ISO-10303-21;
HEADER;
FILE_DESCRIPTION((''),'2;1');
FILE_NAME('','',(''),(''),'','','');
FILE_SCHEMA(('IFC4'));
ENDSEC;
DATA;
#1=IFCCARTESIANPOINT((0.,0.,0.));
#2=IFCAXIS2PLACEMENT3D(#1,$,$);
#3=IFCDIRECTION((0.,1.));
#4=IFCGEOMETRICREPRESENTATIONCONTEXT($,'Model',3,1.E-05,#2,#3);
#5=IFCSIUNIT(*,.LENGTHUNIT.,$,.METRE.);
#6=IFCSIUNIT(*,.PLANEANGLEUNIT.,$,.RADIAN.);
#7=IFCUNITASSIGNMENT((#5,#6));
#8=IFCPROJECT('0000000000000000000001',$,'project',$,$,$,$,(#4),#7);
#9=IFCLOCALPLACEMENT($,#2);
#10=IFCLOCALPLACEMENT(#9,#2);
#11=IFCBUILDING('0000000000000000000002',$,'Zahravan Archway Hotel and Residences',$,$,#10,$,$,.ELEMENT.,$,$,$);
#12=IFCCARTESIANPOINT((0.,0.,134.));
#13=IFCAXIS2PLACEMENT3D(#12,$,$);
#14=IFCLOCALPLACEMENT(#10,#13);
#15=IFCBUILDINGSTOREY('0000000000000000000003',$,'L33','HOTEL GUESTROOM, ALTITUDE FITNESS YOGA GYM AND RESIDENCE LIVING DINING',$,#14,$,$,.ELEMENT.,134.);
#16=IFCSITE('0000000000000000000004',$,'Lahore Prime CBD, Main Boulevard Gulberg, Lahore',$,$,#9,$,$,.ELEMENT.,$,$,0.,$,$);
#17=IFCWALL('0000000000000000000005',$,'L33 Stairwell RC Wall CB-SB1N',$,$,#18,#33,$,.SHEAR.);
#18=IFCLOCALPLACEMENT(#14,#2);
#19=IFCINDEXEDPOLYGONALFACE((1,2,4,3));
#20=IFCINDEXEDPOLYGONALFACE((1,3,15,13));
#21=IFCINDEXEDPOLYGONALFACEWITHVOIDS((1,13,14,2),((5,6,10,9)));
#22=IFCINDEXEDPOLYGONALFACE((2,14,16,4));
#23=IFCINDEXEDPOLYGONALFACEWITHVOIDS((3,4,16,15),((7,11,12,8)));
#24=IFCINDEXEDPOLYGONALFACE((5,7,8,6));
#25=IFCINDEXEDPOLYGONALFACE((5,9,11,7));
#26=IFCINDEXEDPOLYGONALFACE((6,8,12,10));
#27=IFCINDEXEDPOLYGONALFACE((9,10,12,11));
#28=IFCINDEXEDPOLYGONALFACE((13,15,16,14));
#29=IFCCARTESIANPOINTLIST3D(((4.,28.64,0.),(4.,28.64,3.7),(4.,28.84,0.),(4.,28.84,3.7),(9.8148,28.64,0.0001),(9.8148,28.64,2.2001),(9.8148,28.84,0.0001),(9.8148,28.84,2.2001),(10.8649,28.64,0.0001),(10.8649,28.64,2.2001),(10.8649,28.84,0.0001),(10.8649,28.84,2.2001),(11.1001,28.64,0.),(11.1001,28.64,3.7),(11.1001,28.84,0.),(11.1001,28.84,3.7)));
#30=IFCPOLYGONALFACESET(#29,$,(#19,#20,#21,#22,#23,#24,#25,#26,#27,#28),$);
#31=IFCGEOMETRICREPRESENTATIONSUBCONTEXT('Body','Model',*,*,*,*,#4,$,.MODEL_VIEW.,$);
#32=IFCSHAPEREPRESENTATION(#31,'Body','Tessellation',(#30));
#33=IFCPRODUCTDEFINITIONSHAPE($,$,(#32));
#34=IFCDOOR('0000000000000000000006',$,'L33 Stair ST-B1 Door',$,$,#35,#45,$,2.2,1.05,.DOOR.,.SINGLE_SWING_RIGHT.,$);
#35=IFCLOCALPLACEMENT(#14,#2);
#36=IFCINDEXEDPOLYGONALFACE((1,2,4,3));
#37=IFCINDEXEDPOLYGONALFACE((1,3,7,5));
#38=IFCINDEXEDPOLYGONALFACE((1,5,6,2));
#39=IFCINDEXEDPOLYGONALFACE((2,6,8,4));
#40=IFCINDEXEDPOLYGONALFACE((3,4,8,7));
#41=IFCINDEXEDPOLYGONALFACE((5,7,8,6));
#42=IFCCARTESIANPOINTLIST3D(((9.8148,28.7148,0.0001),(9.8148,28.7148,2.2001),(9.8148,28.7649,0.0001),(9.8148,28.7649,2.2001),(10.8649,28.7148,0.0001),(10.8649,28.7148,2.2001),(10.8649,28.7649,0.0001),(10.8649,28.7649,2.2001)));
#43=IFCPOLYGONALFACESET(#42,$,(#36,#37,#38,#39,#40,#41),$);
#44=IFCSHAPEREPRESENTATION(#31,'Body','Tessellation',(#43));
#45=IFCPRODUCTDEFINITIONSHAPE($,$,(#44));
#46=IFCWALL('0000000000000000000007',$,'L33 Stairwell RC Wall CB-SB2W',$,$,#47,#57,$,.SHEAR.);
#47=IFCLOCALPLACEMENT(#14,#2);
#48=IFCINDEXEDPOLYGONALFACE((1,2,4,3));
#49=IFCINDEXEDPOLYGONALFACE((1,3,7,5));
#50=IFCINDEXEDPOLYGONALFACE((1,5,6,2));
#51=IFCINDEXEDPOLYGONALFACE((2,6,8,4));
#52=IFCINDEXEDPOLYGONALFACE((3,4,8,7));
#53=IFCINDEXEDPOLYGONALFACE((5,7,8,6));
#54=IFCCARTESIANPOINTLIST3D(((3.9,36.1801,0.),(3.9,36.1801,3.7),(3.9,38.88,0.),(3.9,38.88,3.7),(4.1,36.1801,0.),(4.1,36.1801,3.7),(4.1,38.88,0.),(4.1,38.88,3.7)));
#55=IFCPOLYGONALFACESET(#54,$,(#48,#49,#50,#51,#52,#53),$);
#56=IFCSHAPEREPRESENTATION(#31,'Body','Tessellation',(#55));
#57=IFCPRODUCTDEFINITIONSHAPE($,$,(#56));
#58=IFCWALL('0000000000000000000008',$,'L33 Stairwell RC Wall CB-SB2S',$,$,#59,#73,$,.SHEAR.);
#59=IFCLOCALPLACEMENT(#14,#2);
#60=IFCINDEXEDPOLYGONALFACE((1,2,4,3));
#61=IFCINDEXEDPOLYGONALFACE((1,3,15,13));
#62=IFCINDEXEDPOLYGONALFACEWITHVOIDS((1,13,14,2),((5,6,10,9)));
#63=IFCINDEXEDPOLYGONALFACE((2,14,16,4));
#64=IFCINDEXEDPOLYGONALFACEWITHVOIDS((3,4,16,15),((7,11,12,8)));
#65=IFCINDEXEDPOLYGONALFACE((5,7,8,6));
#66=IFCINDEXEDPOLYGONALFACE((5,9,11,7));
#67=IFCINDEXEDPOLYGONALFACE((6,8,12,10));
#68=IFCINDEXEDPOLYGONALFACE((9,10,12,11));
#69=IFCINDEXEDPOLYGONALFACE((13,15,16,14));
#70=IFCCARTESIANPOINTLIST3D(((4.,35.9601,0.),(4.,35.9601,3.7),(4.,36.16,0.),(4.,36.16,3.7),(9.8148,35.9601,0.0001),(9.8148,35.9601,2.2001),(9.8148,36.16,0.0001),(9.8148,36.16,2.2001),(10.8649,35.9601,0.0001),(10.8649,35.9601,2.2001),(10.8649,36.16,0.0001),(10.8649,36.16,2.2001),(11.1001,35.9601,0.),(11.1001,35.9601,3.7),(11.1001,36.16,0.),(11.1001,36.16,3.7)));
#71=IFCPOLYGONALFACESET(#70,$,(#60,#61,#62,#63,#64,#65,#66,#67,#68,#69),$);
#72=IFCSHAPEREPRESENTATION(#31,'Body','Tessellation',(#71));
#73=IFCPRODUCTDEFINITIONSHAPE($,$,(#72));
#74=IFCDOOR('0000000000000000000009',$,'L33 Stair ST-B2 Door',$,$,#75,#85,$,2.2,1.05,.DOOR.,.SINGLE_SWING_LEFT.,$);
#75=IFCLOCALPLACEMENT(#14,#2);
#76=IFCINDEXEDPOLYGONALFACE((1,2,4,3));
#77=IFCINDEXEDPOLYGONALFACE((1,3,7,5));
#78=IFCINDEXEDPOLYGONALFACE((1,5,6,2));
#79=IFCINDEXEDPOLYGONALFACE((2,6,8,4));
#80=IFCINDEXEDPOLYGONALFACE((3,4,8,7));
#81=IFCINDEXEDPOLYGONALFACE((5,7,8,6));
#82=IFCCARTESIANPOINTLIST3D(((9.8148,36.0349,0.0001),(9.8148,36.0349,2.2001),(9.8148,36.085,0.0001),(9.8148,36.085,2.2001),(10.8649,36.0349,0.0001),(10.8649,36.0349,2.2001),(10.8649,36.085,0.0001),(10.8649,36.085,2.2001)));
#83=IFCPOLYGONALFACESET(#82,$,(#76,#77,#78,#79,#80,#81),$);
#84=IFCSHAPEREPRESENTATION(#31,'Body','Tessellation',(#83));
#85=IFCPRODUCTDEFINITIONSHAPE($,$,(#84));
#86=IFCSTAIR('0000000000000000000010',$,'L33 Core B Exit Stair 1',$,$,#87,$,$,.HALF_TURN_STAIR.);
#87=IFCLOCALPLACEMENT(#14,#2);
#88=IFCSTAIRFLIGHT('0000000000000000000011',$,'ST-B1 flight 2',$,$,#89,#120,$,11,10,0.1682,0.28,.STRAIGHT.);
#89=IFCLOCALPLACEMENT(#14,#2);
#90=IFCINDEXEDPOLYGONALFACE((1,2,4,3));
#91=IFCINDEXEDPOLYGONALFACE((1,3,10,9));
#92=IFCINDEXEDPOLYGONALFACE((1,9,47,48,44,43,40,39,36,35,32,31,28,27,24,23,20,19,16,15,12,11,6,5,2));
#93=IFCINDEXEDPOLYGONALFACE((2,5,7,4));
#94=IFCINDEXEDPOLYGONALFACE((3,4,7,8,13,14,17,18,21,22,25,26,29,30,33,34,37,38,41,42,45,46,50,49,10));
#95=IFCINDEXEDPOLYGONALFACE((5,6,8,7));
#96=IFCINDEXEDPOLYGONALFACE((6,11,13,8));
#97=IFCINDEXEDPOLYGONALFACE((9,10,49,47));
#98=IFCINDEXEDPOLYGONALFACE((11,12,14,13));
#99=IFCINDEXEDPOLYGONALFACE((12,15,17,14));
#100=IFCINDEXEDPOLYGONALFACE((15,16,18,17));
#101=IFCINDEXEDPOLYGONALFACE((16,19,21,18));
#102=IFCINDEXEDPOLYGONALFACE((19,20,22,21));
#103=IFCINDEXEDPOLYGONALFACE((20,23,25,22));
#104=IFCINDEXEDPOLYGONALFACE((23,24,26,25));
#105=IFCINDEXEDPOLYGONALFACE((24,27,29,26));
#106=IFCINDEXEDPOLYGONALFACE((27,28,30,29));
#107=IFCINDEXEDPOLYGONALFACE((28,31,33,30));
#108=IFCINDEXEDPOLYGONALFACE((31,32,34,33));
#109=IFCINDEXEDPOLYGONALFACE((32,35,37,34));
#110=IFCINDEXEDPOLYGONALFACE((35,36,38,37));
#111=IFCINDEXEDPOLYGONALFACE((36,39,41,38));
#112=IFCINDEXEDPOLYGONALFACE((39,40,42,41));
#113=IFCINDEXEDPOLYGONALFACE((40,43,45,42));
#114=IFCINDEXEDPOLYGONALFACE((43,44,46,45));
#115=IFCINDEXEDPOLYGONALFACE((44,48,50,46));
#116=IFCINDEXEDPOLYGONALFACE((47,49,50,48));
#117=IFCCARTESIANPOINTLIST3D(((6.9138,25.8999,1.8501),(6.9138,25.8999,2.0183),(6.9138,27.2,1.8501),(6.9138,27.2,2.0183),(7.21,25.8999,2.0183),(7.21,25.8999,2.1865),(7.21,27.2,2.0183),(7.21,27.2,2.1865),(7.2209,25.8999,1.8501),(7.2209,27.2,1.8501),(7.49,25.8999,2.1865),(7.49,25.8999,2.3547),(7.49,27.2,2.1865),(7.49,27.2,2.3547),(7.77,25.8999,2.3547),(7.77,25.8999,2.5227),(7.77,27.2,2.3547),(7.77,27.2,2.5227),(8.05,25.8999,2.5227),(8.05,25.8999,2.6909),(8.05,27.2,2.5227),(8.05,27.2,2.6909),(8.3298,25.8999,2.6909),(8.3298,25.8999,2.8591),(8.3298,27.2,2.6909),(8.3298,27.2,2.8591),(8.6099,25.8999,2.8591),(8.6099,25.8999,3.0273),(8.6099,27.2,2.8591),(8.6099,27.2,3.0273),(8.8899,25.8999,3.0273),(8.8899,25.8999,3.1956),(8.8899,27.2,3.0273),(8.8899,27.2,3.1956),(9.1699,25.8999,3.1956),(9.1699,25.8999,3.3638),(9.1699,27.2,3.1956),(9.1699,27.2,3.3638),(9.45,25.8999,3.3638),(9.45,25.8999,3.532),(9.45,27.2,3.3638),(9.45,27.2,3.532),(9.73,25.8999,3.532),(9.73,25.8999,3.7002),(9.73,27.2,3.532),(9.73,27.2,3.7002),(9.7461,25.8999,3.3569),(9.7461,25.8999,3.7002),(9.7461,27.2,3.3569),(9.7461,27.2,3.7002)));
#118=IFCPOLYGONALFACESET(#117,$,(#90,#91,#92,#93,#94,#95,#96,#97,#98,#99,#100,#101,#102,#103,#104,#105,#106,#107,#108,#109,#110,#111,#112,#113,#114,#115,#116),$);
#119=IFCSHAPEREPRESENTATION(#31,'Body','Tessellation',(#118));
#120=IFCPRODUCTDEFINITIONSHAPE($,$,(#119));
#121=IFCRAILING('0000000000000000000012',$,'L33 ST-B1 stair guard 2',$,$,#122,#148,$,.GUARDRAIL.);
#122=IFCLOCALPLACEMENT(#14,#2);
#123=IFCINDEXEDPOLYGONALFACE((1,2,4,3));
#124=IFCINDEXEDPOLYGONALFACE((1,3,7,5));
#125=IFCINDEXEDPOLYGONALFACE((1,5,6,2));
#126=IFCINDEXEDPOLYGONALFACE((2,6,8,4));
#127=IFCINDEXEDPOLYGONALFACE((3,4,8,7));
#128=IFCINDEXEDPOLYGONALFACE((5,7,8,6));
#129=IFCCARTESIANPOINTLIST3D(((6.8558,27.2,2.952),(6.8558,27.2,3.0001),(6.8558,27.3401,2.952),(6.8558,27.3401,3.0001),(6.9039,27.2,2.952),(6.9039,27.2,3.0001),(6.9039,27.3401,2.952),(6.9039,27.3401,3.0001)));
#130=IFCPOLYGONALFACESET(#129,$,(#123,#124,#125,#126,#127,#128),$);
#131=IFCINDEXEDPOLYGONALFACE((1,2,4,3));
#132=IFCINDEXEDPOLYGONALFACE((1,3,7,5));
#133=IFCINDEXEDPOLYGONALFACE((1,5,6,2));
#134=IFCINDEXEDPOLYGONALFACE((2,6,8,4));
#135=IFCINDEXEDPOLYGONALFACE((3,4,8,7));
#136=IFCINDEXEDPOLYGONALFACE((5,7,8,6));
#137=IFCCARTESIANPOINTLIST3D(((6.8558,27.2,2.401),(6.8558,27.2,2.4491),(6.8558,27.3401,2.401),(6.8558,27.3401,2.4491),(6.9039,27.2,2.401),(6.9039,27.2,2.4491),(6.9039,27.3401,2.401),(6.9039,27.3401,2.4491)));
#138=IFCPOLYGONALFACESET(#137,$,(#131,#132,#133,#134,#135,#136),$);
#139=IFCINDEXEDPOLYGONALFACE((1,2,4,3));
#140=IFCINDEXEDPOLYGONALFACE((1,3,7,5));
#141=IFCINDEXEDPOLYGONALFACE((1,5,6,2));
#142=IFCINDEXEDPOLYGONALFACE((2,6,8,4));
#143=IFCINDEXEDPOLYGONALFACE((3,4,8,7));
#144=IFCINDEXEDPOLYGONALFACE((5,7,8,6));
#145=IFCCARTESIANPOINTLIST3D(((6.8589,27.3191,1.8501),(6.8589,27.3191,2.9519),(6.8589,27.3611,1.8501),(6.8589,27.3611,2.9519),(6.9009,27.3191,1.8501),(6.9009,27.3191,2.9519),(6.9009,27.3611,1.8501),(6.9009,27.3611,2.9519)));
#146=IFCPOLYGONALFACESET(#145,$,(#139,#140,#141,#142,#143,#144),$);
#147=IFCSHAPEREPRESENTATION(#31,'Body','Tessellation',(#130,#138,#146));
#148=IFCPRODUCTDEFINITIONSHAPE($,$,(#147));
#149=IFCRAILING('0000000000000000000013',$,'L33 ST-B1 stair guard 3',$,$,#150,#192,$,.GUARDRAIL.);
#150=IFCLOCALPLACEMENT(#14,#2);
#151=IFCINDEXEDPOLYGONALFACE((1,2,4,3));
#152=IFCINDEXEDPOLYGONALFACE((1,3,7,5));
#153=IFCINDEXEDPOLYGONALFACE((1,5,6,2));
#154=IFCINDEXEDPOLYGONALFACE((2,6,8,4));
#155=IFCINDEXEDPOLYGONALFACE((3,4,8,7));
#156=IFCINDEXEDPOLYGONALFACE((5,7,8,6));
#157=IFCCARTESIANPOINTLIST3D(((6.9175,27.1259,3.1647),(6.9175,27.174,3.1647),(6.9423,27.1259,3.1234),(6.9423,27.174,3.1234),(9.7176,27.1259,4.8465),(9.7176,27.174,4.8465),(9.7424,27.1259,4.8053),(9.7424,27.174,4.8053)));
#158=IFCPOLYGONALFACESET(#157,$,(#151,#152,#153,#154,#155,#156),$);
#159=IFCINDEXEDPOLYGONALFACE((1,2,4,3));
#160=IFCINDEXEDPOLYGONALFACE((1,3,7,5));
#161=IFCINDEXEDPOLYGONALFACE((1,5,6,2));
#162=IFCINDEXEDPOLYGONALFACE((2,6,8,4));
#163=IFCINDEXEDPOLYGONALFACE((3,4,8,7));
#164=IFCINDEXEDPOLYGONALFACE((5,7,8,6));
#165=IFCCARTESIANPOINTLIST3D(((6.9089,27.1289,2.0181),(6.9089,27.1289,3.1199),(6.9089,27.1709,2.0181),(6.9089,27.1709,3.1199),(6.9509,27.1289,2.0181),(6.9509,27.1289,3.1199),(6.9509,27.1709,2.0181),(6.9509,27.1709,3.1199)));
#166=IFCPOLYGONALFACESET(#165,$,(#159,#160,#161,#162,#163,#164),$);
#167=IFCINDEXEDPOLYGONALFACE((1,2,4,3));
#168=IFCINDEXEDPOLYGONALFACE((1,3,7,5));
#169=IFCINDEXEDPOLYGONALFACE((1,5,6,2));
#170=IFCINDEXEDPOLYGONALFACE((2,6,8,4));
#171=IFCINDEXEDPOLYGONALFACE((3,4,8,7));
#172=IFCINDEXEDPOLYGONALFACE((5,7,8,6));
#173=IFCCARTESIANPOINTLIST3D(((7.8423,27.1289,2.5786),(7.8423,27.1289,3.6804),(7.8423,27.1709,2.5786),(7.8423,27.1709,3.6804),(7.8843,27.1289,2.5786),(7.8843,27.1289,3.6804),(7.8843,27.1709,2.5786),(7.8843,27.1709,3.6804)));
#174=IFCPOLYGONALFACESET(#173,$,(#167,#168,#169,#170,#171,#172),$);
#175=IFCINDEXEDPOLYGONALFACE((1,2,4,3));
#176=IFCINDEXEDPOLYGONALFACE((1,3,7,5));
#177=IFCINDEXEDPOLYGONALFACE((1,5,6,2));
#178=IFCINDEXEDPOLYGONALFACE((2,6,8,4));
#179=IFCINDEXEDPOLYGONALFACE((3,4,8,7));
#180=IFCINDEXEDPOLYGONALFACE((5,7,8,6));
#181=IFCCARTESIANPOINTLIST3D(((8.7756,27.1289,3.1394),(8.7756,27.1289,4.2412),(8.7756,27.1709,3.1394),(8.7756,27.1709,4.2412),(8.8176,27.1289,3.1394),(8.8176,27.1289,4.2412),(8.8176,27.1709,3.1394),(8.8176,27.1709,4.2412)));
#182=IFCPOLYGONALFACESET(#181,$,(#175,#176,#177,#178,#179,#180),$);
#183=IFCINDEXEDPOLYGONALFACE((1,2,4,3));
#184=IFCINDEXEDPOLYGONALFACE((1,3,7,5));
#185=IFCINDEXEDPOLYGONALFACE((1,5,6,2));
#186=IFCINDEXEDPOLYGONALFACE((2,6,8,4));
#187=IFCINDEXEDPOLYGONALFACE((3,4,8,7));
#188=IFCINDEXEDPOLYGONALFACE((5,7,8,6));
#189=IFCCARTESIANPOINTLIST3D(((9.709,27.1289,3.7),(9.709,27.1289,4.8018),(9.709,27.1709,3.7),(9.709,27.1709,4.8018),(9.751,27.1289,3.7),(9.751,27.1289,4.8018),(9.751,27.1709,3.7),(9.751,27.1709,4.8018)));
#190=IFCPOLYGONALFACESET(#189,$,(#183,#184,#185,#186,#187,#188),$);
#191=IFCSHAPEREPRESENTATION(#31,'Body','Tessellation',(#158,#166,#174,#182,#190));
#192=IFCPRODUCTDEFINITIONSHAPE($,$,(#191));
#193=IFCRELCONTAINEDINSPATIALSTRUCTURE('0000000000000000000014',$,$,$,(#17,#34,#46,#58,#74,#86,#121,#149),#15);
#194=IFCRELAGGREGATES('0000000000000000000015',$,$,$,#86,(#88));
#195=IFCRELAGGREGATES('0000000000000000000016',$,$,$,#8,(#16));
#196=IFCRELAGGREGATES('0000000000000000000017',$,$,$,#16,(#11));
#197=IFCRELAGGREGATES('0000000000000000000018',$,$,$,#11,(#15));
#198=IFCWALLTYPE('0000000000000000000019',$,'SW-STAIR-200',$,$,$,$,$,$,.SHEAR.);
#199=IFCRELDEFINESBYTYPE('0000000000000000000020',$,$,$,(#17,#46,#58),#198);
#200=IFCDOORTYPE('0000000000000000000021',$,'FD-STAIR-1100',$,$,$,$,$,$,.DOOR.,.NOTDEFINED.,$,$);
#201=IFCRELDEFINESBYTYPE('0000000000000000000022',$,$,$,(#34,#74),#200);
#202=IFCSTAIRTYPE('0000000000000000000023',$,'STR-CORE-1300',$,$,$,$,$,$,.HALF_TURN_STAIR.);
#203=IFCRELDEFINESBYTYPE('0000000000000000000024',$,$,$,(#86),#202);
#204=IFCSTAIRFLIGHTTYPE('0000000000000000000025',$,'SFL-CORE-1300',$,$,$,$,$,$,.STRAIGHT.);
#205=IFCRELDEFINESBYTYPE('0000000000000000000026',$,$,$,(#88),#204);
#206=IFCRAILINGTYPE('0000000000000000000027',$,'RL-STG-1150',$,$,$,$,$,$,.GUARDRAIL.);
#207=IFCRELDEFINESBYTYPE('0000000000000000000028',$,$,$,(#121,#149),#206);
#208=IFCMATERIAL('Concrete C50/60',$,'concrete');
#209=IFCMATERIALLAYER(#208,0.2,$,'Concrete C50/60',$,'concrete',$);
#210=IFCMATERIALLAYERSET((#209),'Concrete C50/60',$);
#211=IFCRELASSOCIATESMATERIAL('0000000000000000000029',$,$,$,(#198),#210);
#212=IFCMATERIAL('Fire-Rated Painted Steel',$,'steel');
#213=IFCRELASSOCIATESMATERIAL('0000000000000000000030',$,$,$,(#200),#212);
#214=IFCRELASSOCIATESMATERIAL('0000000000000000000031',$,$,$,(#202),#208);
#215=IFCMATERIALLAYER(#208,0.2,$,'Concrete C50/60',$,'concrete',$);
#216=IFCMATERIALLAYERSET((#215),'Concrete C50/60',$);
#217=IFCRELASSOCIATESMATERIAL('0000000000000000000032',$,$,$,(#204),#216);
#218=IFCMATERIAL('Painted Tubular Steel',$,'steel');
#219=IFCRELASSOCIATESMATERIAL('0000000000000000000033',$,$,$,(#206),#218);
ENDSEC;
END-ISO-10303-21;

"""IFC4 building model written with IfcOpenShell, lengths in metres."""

from ifc_helpers import new_model, si_unit, direction, frame, frame_2d, origin, origin_2d, place, context, subcontext, project, spatial, polyline, rectangle, outline, extrude, source, transform, mapped, material, layer, layer_set, type_object, type_shapes, element, fill, aggregate, save


model = new_model("IFC4")

# Units and contexts
model_context = context("Model", 3, precision=1e-05, world=origin(), true_north=direction((0.0, 1.0)))
body_context = subcontext(model_context, "Body", "Model", "MODEL_VIEW")
ifc_project = project(units=[si_unit("LENGTHUNIT", "METRE"), si_unit("PLANEANGLEUNIT", "RADIAN")], contexts=[model_context])

# Site, building, storey
site_placement = place(None, origin())
site = spatial("IfcSite", under=ifc_project, at=site_placement, Name="Lahore Prime CBD, Main Boulevard Gulberg, Lahore", CompositionType="ELEMENT", RefElevation=0.0)
building_placement = place(site_placement, origin())
building = spatial("IfcBuilding", under=site, at=building_placement, Name="Zahravan Archway Hotel and Residences", CompositionType="ELEMENT")
storey_placement = place(building_placement, frame((0.0, 0.0, 134.0)))
storey = spatial("IfcBuildingStorey", under=building, at=storey_placement, Name="L33", Description="HOTEL GUESTROOM, ALTITUDE FITNESS YOGA GYM AND RESIDENCE LIVING DINING", CompositionType="ELEMENT", Elevation=134.0)

# Shared definitions
ifc_material_1 = material(Name="Fire-Rated Painted Steel", Category="steel")

# Shared definitions
ifc_material_2 = material(Name="Concrete C50/60", Category="concrete")
ifc_layer_1 = layer(ifc_material_2, 0.2, Name="Concrete C50/60", Category="concrete")
ifc_layer_set_1 = layer_set([ifc_layer_1], Name="Concrete C50/60")
wall_type_1 = type_object("IfcWallType", Name="SW-STAIR-200", PredefinedType="SHEAR", material=ifc_layer_set_1)

# Wall, opening, door
wall_1_placement = place(storey_placement, frame((4.0, 28.74, 0.0), z_axis=(0.0, 0.0, 1.0), x_axis=(1.0, 0.0, 0.0)))
wall_1 = element("IfcWall", 1, at=wall_1_placement, inside=storey, type_object=wall_type_1, Name="L33 Stairwell RC Wall CB-SB1N", PredefinedType="SHEAR", context=body_context, shape_type="SweptSolid", body=[
    extrude(rectangle(XDim=7.1001, YDim=0.2, at=frame_2d((3.55, 0.0))), origin(), (0.0, 0.0, 1.0), 3.7),
])
opening_1_placement = place(wall_1_placement, frame((5.8149, 0.0, 0.0)))
opening_1 = element("IfcOpeningElement", 2, at=opening_1_placement, cuts=wall_1, PredefinedType="OPENING", context=body_context, shape_type="SweptSolid", body=[
    extrude(rectangle(XDim=1.05, YDim=2.2, at=frame_2d((0.5249, 1.1001))), frame((0.0, 0.1099, 0.0), z_axis=(0.0, -1.0, 0.0), x_axis=(1.0, 0.0, 0.0)), (0.0, 0.0, 1.0), 0.22),
])
door_type_1 = type_object("IfcDoorType", Name="FD-STAIR-1100", OperationType="NOTDEFINED", PredefinedType="DOOR", material=ifc_material_1)
shared_shape_1 = source(origin(), body_context, "Body", "SweptSolid", [
    extrude(rectangle(XDim=1.05, YDim=2.2, at=frame_2d((0.5249, 1.1001))), frame((0.0, 0.0249, 0.0), z_axis=(0.0, -1.0, 0.0), x_axis=(1.0, 0.0, 0.0)), (0.0, 0.0, 1.0), 0.05),
])
type_shapes(door_type_1, [shared_shape_1])
door_1_placement = place(opening_1_placement, origin())
door_1 = element("IfcDoor", 3, at=door_1_placement, inside=storey, type_object=door_type_1, Name="L33 Stair ST-B1 Door", OperationType="SINGLE_SWING_RIGHT", OverallHeight=2.2, OverallWidth=1.05, PredefinedType="DOOR", context=body_context, shape_type="MappedRepresentation", body=[
    mapped(shared_shape_1, transform((0.0, 0.0, 0.0), scale=1.0)),
])
fill(opening_1, door_1)

# Wall
wall_2_placement = place(storey_placement, frame((4.0, 36.1799, 0.0), z_axis=(0.0, 0.0, 1.0), x_axis=(0.0, 1.0, 0.0)))
element("IfcWall", 4, at=wall_2_placement, inside=storey, type_object=wall_type_1, Name="L33 Stairwell RC Wall CB-SB2W", PredefinedType="SHEAR", context=body_context, shape_type="SweptSolid", body=[
    extrude(rectangle(XDim=2.7, YDim=0.2, at=frame_2d((1.3501, 0.0))), origin(), (0.0, 0.0, 1.0), 3.7),
])

# Wall, opening, door
wall_3_placement = place(storey_placement, frame((4.0, 36.0601, 0.0), z_axis=(0.0, 0.0, 1.0), x_axis=(1.0, 0.0, 0.0)))
wall_3 = element("IfcWall", 5, at=wall_3_placement, inside=storey, type_object=wall_type_1, Name="L33 Stairwell RC Wall CB-SB2S", PredefinedType="SHEAR", context=body_context, shape_type="SweptSolid", body=[
    extrude(rectangle(XDim=7.1001, YDim=0.2, at=frame_2d((3.55, 0.0))), origin(), (0.0, 0.0, 1.0), 3.7),
])
opening_2_placement = place(wall_3_placement, frame((5.8149, 0.0, 0.0)))
opening_2 = element("IfcOpeningElement", 6, at=opening_2_placement, cuts=wall_3, PredefinedType="OPENING", context=body_context, shape_type="SweptSolid", body=[
    extrude(rectangle(XDim=1.05, YDim=2.2, at=frame_2d((0.5249, 1.1001))), frame((0.0, 0.1099, 0.0), z_axis=(0.0, -1.0, 0.0), x_axis=(1.0, 0.0, 0.0)), (0.0, 0.0, 1.0), 0.22),
])
door_2_placement = place(opening_2_placement, origin())
door_2 = element("IfcDoor", 7, at=door_2_placement, inside=storey, type_object=door_type_1, Name="L33 Stair ST-B2 Door", OperationType="SINGLE_SWING_LEFT", OverallHeight=2.2, OverallWidth=1.05, PredefinedType="DOOR", context=body_context, shape_type="MappedRepresentation", body=[
    mapped(shared_shape_1, transform((0.0, 0.0, 0.0), scale=1.0)),
])
fill(opening_2, door_2)

# Stair, stair flight
stair_type = type_object("IfcStairType", Name="STR-CORE-1300", PredefinedType="HALF_TURN_STAIR", material=ifc_material_2)
stair_placement = place(storey_placement, origin())
stair = element("IfcStair", 8, at=stair_placement, inside=storey, type_object=stair_type, Name="L33 Core B Exit Stair 1", PredefinedType="HALF_TURN_STAIR")
ifc_layer_2 = layer(ifc_material_2, 0.2, Name="Concrete C50/60", Category="concrete")
ifc_layer_set_2 = layer_set([ifc_layer_2], Name="Concrete C50/60")
stair_flight_type = type_object("IfcStairFlightType", Name="SFL-CORE-1300", PredefinedType="STRAIGHT", material=ifc_layer_set_2)
shared_shape_2 = source(origin(), body_context, "Body", "SweptSolid", [
    extrude(outline(polyline([(-0.0161, 0.0), (-0.0161, 0.1682), (0.28, 0.1682), (0.28, 0.3364), (0.5601, 0.3364), (0.5601, 0.5046), (0.8401, 0.5046), (0.8401, 0.6726), (1.1201, 0.6726), (1.1201, 0.8408), (1.3999, 0.8408), (1.3999, 1.009), (1.6799, 1.009), (1.6799, 1.1772), (1.96, 1.1772), (1.96, 1.3455), (2.24, 1.3455), (2.24, 1.5137), (2.52, 1.5137), (2.52, 1.6819), (2.8, 1.6819), (2.8, 1.8501), (2.8162, 1.8501), (2.8162, 1.5068), (0.291, 0.0), (-0.0161, 0.0)])), frame((0.0, 0.6499, 0.0), z_axis=(0.0, -1.0, 0.0), x_axis=(1.0, 0.0, 0.0)), (0.0, 0.0, 1.0), 1.3),
])
stair_flight_placement = place(storey_placement, frame((6.9299, 26.55, 1.8501), z_axis=(0.0, 0.0, 1.0), x_axis=(1.0, 0.0, 0.0)))
stair_flight = element("IfcStairFlight", 9, at=stair_flight_placement, type_object=stair_flight_type, Name="ST-B1 flight 2", NumberOfRisers=11, NumberOfTreads=10, PredefinedType="STRAIGHT", RiserHeight=0.1682, TreadLength=0.28, context=body_context, shape_type="MappedRepresentation", body=[
    mapped(shared_shape_2, transform((0.0, 0.0, 0.0), scale=1.0)),
])
aggregate(stair, [stair_flight])

# Railings
ifc_material_3 = material(Name="Painted Tubular Steel", Category="steel")
railing_type_1 = type_object("IfcRailingType", Name="RL-STG-1150", PredefinedType="GUARDRAIL", material=ifc_material_3)
railing_1_placement = place(storey_placement, frame((6.8799, 27.3401, 1.8501)))
element("IfcRailing", 10, at=railing_1_placement, inside=storey, type_object=railing_type_1, Name="L33 ST-B1 stair guard 2", PredefinedType="GUARDRAIL", context=body_context, shape_type="SweptSolid", body=[
    extrude(rectangle(XDim=0.0481, YDim=0.0481, at=origin_2d()), frame((0.0, 0.0, 1.126), z_axis=(0.0, -1.0, 0.0), x_axis=(1.0, 0.0, 0.0)), (0.0, 0.0, 1.0), 0.1401),
    extrude(rectangle(XDim=0.0481, YDim=0.0481, at=origin_2d()), frame((0.0, 0.0, 0.575), z_axis=(0.0, -1.0, 0.0), x_axis=(1.0, 0.0, 0.0)), (0.0, 0.0, 1.0), 0.1401),
    extrude(rectangle(XDim=0.042, YDim=0.042, at=origin_2d()), origin(), (0.0, 0.0, 1.0), 1.1018),
])
railing_2_placement = place(storey_placement, frame((6.9299, 27.1499, 2.0181)))
element("IfcRailing", 11, at=railing_2_placement, inside=storey, type_object=railing_type_1, Name="L33 ST-B1 stair guard 3", PredefinedType="GUARDRAIL", context=body_context, shape_type="SweptSolid", body=[
    extrude(rectangle(XDim=0.0481, YDim=0.0481, at=origin_2d()), frame((0.0, 0.0, 1.126), z_axis=(0.857242, 0.0, 0.514913), x_axis=(0.0, 1.0, 0.0)), (0.0, 0.0, 1.0), 3.2664),
    extrude(rectangle(XDim=0.042, YDim=0.042, at=origin_2d()), origin(), (0.0, 0.0, 1.0), 1.1018),
    extrude(rectangle(XDim=0.042, YDim=0.042, at=origin_2d()), frame((0.9333, 0.0, 0.5605)), (0.0, 0.0, 1.0), 1.1018),
    extrude(rectangle(XDim=0.042, YDim=0.042, at=origin_2d()), frame((1.8667, 0.0, 1.1213)), (0.0, 0.0, 1.0), 1.1018),
    extrude(rectangle(XDim=0.042, YDim=0.042, at=origin_2d()), frame((2.8, 0.0, 1.6819)), (0.0, 0.0, 1.0), 1.1018),
])

save(model, "model.ifc")
